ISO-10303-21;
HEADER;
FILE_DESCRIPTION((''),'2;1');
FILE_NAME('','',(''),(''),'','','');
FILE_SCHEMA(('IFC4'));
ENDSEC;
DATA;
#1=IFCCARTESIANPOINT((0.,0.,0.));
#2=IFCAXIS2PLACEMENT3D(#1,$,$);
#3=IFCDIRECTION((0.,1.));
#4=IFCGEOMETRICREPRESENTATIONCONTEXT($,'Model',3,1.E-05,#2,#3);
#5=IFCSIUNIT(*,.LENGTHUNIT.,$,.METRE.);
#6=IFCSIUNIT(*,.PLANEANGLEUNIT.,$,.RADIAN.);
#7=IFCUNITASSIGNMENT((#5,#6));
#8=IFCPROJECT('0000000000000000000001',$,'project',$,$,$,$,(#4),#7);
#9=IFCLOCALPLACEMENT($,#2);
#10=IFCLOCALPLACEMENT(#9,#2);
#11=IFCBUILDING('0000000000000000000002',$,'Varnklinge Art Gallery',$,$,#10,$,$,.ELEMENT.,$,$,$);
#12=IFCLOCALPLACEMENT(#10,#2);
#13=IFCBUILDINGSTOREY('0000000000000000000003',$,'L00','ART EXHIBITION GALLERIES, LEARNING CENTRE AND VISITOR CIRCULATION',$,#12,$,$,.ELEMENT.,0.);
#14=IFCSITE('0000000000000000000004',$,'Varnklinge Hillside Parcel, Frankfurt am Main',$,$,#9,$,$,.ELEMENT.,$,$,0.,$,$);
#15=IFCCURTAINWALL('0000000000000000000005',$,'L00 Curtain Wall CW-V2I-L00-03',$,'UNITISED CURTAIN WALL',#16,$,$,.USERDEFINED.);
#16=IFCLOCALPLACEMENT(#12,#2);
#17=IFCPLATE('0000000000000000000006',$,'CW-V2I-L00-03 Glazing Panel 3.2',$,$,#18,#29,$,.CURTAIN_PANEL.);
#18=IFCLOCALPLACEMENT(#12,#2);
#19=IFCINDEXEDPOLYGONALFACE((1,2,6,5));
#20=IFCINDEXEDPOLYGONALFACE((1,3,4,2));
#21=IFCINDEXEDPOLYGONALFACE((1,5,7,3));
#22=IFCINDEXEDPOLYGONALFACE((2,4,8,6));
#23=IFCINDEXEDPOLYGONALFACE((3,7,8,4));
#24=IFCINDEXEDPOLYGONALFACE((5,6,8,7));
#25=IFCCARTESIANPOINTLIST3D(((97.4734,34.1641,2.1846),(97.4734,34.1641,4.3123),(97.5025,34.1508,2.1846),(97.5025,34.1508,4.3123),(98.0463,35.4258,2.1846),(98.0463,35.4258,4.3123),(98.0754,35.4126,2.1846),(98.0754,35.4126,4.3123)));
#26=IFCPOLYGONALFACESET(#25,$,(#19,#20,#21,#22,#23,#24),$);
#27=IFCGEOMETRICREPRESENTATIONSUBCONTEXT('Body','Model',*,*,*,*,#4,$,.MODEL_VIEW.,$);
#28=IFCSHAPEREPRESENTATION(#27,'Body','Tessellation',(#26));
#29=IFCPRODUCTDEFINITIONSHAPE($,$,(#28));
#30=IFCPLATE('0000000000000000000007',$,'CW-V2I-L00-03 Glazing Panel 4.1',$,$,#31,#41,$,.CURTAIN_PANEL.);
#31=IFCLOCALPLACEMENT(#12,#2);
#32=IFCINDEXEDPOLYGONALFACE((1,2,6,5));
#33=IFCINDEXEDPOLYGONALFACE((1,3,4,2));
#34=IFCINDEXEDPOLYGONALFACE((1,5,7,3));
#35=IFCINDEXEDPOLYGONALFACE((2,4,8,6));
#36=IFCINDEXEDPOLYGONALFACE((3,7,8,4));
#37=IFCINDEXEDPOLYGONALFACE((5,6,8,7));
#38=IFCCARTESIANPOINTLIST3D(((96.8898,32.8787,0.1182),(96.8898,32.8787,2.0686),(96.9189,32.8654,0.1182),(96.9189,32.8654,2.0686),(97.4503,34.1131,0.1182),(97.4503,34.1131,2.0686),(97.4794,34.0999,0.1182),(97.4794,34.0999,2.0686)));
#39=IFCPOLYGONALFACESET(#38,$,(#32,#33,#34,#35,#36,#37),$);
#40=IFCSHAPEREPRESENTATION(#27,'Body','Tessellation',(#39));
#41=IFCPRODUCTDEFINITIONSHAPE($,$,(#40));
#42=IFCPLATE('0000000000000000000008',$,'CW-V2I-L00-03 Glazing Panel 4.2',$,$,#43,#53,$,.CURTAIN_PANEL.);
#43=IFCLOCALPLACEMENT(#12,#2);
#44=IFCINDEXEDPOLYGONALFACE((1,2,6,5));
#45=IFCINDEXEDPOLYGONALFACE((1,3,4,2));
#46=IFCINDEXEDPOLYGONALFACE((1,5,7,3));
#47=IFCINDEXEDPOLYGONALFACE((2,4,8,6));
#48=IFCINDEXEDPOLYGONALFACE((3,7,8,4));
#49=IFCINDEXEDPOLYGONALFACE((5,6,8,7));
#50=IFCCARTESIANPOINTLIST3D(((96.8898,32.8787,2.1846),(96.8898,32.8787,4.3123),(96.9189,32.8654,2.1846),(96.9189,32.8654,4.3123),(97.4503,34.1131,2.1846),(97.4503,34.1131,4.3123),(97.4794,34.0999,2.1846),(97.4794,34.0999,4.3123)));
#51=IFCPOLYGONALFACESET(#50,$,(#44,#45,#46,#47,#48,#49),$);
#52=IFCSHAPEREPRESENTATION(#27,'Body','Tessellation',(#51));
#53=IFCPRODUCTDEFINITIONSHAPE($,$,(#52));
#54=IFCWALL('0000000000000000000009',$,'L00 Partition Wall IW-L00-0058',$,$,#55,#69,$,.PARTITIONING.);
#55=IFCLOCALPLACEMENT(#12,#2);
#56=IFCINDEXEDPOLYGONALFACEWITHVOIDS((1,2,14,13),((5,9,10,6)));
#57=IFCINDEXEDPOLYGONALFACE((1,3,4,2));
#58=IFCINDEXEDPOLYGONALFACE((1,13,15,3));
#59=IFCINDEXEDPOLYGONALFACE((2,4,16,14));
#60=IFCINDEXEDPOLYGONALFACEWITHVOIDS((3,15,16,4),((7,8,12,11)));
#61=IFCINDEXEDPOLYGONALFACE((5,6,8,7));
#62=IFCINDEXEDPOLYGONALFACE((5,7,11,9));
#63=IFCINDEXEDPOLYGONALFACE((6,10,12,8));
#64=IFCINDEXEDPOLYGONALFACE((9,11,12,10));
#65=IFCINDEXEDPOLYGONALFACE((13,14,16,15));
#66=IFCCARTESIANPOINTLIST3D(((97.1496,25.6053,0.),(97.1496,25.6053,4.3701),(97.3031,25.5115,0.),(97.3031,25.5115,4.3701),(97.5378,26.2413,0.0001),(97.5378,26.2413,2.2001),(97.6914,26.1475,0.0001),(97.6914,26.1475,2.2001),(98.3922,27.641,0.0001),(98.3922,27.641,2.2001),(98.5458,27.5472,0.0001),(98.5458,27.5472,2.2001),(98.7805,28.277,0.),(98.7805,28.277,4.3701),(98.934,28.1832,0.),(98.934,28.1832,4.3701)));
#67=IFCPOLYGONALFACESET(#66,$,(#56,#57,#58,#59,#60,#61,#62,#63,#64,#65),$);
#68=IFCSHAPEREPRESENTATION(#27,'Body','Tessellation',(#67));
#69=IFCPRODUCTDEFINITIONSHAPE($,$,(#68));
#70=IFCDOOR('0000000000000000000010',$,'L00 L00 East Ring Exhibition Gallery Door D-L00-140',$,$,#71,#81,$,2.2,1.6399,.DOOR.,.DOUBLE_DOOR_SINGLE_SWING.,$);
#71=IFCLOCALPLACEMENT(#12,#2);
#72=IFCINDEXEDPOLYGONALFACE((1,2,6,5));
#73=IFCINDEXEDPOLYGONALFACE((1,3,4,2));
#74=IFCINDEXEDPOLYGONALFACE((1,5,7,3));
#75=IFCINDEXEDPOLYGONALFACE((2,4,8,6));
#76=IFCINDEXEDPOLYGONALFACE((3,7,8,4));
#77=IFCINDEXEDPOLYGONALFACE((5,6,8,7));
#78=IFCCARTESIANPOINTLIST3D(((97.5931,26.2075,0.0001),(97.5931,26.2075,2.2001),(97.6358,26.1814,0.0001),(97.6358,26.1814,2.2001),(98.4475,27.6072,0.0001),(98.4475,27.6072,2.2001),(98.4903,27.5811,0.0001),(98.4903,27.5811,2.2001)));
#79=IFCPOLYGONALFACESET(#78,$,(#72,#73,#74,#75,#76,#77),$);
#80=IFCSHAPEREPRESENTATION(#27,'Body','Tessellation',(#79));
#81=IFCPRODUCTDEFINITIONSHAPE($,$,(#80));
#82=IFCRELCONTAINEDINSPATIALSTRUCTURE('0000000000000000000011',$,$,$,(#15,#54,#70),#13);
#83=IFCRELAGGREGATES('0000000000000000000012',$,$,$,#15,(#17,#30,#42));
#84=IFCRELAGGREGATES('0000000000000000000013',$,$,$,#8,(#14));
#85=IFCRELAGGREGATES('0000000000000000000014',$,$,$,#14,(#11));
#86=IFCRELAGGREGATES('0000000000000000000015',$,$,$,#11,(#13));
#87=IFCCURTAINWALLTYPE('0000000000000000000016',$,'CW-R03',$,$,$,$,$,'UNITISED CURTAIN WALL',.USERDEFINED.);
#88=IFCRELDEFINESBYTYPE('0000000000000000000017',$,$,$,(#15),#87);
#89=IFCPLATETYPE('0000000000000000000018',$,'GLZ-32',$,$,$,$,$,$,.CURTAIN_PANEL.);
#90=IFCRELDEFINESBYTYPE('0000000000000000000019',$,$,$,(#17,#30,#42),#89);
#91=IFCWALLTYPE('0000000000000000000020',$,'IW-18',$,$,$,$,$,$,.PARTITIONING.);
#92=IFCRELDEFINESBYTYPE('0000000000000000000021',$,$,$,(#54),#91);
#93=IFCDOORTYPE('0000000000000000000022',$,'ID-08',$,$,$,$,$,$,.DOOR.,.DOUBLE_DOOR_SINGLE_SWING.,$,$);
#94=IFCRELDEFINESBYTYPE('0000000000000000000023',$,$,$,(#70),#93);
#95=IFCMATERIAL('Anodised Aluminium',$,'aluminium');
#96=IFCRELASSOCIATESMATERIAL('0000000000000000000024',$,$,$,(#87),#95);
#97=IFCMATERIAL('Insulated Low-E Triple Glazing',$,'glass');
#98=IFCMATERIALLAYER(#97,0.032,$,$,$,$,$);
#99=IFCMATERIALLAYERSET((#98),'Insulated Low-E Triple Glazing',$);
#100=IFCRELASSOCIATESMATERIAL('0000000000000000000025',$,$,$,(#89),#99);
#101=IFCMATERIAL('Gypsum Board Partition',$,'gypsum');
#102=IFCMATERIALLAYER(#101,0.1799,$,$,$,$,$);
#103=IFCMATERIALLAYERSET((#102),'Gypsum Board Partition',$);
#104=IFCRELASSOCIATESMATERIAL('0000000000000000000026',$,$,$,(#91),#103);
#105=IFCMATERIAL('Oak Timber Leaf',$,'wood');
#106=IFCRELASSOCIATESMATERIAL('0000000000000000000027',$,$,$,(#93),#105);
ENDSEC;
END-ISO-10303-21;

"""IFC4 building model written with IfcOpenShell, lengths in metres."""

from ifc_helpers import new_model, si_unit, direction, frame, frame_2d, origin, origin_2d, place, context, subcontext, project, spatial, rectangle, extrude, material, layer, layer_set, type_object, element, fill, aggregate, save


model = new_model("IFC4")

# Units and contexts
model_context = context("Model", 3, precision=1e-05, world=origin(), true_north=direction((0.0, 1.0)))
body_context = subcontext(model_context, "Body", "Model", "MODEL_VIEW")
ifc_project = project(units=[si_unit("LENGTHUNIT", "METRE"), si_unit("PLANEANGLEUNIT", "RADIAN")], contexts=[model_context])

# Site, building, storey
site_placement = place(None, origin())
site = spatial("IfcSite", under=ifc_project, at=site_placement, Name="Varnklinge Hillside Parcel, Frankfurt am Main", CompositionType="ELEMENT", RefElevation=0.0)
building_placement = place(site_placement, origin())
building = spatial("IfcBuilding", under=site, at=building_placement, Name="Varnklinge Art Gallery", CompositionType="ELEMENT")
storey_placement = place(building_placement, origin())
storey = spatial("IfcBuildingStorey", under=building, at=storey_placement, Name="L00", Description="ART EXHIBITION GALLERIES, LEARNING CENTRE AND VISITOR CIRCULATION", CompositionType="ELEMENT", Elevation=0.0)

# Curtain wall
ifc_material_1 = material(Name="Anodised Aluminium", Category="aluminium")
curtain_wall_type = type_object("IfcCurtainWallType", Name="CW-R03", ElementType="UNITISED CURTAIN WALL", PredefinedType="USERDEFINED", material=ifc_material_1)
curtain_wall_1_placement = place(storey_placement, origin())
curtain_wall_1 = element("IfcCurtainWall", 1, at=curtain_wall_1_placement, inside=storey, type_object=curtain_wall_type, Name="L00 Curtain Wall CW-V2I-L00-03", ObjectType="UNITISED CURTAIN WALL", PredefinedType="USERDEFINED")

# Plates
ifc_material_2 = material(Name="Insulated Low-E Triple Glazing", Category="glass")
ifc_layer_1 = layer(ifc_material_2, 0.032)
ifc_layer_set_1 = layer_set([ifc_layer_1], Name="Insulated Low-E Triple Glazing")
plate_type = type_object("IfcPlateType", Name="GLZ-32", PredefinedType="CURTAIN_PANEL", material=ifc_layer_set_1)
plate_1_placement = place(storey_placement, frame((97.7744, 34.7883, 2.1846), z_axis=(0.0, 0.0, 1.0), x_axis=(-0.413422, -0.910539, 0.0)))
plate_1 = element("IfcPlate", 2, at=plate_1_placement, type_object=plate_type, Name="CW-V2I-L00-03 Glazing Panel 3.2", PredefinedType="CURTAIN_PANEL", context=body_context, shape_type="SweptSolid", body=[
    extrude(rectangle(XDim=1.3857, YDim=0.032, at=origin_2d()), origin(), (0.0, 0.0, 1.0), 2.1277),
])
plate_2_placement = place(storey_placement, frame((97.1846, 33.4893, 0.1182), z_axis=(0.0, 0.0, 1.0), x_axis=(-0.413422, -0.910539, 0.0)))
plate_2 = element("IfcPlate", 3, at=plate_2_placement, type_object=plate_type, Name="CW-V2I-L00-03 Glazing Panel 4.1", PredefinedType="CURTAIN_PANEL", context=body_context, shape_type="SweptSolid", body=[
    extrude(rectangle(XDim=1.3557, YDim=0.032, at=origin_2d()), origin(), (0.0, 0.0, 1.0), 1.9504),
])
plate_3_placement = place(storey_placement, frame((97.1846, 33.4893, 2.1846), z_axis=(0.0, 0.0, 1.0), x_axis=(-0.413422, -0.910539, 0.0)))
plate_3 = element("IfcPlate", 4, at=plate_3_placement, type_object=plate_type, Name="CW-V2I-L00-03 Glazing Panel 4.2", PredefinedType="CURTAIN_PANEL", context=body_context, shape_type="SweptSolid", body=[
    extrude(rectangle(XDim=1.3557, YDim=0.032, at=origin_2d()), origin(), (0.0, 0.0, 1.0), 2.1277),
])
aggregate(curtain_wall_1, [plate_1, plate_2, plate_3])

# Wall, opening, door
ifc_material_3 = material(Name="Gypsum Board Partition", Category="gypsum")
ifc_layer_2 = layer(ifc_material_3, 0.1799)
ifc_layer_set_2 = layer_set([ifc_layer_2], Name="Gypsum Board Partition")
wall_type = type_object("IfcWallType", Name="IW-18", PredefinedType="PARTITIONING", material=ifc_layer_set_2)
wall_placement = place(storey_placement, frame((98.8572, 28.23, 0.0), z_axis=(0.0, 0.0, 1.0), x_axis=(-0.52103, -0.853538, 0.0)))
wall = element("IfcWall", 5, at=wall_placement, inside=storey, type_object=wall_type, Name="L00 Partition Wall IW-L00-0058", PredefinedType="PARTITIONING", context=body_context, shape_type="SweptSolid", body=[
    extrude(rectangle(XDim=3.1301, YDim=0.1799, at=frame_2d((1.5649, 0.0))), origin(), (0.0, 0.0, 1.0), 4.3701),
])
opening_placement = place(wall_placement, frame((0.7451, 0.0, 0.0)))
opening = element("IfcOpeningElement", 6, at=opening_placement, cuts=wall, PredefinedType="OPENING", context=body_context, shape_type="SweptSolid", body=[
    extrude(rectangle(XDim=1.6399, YDim=2.2, at=frame_2d((0.8198, 1.1001))), frame((0.0, 0.0999, 0.0), z_axis=(0.0, -1.0, 0.0), x_axis=(1.0, 0.0, 0.0)), (0.0, 0.0, 1.0), 0.2),
])
ifc_material_4 = material(Name="Oak Timber Leaf", Category="wood")
door_type = type_object("IfcDoorType", Name="ID-08", OperationType="DOUBLE_DOOR_SINGLE_SWING", PredefinedType="DOOR", material=ifc_material_4)
door_placement = place(opening_placement, origin())
door = element("IfcDoor", 7, at=door_placement, inside=storey, type_object=door_type, Name="L00 L00 East Ring Exhibition Gallery Door D-L00-140", OperationType="DOUBLE_DOOR_SINGLE_SWING", OverallHeight=2.2, OverallWidth=1.6399, PredefinedType="DOOR", context=body_context, shape_type="SweptSolid", body=[
    extrude(rectangle(XDim=1.6399, YDim=2.2, at=frame_2d((0.8198, 1.1001))), frame((0.0, 0.0249, 0.0), z_axis=(0.0, -1.0, 0.0), x_axis=(1.0, 0.0, 0.0)), (0.0, 0.0, 1.0), 0.05),
])
fill(opening, door)

save(model, "model.ifc")
